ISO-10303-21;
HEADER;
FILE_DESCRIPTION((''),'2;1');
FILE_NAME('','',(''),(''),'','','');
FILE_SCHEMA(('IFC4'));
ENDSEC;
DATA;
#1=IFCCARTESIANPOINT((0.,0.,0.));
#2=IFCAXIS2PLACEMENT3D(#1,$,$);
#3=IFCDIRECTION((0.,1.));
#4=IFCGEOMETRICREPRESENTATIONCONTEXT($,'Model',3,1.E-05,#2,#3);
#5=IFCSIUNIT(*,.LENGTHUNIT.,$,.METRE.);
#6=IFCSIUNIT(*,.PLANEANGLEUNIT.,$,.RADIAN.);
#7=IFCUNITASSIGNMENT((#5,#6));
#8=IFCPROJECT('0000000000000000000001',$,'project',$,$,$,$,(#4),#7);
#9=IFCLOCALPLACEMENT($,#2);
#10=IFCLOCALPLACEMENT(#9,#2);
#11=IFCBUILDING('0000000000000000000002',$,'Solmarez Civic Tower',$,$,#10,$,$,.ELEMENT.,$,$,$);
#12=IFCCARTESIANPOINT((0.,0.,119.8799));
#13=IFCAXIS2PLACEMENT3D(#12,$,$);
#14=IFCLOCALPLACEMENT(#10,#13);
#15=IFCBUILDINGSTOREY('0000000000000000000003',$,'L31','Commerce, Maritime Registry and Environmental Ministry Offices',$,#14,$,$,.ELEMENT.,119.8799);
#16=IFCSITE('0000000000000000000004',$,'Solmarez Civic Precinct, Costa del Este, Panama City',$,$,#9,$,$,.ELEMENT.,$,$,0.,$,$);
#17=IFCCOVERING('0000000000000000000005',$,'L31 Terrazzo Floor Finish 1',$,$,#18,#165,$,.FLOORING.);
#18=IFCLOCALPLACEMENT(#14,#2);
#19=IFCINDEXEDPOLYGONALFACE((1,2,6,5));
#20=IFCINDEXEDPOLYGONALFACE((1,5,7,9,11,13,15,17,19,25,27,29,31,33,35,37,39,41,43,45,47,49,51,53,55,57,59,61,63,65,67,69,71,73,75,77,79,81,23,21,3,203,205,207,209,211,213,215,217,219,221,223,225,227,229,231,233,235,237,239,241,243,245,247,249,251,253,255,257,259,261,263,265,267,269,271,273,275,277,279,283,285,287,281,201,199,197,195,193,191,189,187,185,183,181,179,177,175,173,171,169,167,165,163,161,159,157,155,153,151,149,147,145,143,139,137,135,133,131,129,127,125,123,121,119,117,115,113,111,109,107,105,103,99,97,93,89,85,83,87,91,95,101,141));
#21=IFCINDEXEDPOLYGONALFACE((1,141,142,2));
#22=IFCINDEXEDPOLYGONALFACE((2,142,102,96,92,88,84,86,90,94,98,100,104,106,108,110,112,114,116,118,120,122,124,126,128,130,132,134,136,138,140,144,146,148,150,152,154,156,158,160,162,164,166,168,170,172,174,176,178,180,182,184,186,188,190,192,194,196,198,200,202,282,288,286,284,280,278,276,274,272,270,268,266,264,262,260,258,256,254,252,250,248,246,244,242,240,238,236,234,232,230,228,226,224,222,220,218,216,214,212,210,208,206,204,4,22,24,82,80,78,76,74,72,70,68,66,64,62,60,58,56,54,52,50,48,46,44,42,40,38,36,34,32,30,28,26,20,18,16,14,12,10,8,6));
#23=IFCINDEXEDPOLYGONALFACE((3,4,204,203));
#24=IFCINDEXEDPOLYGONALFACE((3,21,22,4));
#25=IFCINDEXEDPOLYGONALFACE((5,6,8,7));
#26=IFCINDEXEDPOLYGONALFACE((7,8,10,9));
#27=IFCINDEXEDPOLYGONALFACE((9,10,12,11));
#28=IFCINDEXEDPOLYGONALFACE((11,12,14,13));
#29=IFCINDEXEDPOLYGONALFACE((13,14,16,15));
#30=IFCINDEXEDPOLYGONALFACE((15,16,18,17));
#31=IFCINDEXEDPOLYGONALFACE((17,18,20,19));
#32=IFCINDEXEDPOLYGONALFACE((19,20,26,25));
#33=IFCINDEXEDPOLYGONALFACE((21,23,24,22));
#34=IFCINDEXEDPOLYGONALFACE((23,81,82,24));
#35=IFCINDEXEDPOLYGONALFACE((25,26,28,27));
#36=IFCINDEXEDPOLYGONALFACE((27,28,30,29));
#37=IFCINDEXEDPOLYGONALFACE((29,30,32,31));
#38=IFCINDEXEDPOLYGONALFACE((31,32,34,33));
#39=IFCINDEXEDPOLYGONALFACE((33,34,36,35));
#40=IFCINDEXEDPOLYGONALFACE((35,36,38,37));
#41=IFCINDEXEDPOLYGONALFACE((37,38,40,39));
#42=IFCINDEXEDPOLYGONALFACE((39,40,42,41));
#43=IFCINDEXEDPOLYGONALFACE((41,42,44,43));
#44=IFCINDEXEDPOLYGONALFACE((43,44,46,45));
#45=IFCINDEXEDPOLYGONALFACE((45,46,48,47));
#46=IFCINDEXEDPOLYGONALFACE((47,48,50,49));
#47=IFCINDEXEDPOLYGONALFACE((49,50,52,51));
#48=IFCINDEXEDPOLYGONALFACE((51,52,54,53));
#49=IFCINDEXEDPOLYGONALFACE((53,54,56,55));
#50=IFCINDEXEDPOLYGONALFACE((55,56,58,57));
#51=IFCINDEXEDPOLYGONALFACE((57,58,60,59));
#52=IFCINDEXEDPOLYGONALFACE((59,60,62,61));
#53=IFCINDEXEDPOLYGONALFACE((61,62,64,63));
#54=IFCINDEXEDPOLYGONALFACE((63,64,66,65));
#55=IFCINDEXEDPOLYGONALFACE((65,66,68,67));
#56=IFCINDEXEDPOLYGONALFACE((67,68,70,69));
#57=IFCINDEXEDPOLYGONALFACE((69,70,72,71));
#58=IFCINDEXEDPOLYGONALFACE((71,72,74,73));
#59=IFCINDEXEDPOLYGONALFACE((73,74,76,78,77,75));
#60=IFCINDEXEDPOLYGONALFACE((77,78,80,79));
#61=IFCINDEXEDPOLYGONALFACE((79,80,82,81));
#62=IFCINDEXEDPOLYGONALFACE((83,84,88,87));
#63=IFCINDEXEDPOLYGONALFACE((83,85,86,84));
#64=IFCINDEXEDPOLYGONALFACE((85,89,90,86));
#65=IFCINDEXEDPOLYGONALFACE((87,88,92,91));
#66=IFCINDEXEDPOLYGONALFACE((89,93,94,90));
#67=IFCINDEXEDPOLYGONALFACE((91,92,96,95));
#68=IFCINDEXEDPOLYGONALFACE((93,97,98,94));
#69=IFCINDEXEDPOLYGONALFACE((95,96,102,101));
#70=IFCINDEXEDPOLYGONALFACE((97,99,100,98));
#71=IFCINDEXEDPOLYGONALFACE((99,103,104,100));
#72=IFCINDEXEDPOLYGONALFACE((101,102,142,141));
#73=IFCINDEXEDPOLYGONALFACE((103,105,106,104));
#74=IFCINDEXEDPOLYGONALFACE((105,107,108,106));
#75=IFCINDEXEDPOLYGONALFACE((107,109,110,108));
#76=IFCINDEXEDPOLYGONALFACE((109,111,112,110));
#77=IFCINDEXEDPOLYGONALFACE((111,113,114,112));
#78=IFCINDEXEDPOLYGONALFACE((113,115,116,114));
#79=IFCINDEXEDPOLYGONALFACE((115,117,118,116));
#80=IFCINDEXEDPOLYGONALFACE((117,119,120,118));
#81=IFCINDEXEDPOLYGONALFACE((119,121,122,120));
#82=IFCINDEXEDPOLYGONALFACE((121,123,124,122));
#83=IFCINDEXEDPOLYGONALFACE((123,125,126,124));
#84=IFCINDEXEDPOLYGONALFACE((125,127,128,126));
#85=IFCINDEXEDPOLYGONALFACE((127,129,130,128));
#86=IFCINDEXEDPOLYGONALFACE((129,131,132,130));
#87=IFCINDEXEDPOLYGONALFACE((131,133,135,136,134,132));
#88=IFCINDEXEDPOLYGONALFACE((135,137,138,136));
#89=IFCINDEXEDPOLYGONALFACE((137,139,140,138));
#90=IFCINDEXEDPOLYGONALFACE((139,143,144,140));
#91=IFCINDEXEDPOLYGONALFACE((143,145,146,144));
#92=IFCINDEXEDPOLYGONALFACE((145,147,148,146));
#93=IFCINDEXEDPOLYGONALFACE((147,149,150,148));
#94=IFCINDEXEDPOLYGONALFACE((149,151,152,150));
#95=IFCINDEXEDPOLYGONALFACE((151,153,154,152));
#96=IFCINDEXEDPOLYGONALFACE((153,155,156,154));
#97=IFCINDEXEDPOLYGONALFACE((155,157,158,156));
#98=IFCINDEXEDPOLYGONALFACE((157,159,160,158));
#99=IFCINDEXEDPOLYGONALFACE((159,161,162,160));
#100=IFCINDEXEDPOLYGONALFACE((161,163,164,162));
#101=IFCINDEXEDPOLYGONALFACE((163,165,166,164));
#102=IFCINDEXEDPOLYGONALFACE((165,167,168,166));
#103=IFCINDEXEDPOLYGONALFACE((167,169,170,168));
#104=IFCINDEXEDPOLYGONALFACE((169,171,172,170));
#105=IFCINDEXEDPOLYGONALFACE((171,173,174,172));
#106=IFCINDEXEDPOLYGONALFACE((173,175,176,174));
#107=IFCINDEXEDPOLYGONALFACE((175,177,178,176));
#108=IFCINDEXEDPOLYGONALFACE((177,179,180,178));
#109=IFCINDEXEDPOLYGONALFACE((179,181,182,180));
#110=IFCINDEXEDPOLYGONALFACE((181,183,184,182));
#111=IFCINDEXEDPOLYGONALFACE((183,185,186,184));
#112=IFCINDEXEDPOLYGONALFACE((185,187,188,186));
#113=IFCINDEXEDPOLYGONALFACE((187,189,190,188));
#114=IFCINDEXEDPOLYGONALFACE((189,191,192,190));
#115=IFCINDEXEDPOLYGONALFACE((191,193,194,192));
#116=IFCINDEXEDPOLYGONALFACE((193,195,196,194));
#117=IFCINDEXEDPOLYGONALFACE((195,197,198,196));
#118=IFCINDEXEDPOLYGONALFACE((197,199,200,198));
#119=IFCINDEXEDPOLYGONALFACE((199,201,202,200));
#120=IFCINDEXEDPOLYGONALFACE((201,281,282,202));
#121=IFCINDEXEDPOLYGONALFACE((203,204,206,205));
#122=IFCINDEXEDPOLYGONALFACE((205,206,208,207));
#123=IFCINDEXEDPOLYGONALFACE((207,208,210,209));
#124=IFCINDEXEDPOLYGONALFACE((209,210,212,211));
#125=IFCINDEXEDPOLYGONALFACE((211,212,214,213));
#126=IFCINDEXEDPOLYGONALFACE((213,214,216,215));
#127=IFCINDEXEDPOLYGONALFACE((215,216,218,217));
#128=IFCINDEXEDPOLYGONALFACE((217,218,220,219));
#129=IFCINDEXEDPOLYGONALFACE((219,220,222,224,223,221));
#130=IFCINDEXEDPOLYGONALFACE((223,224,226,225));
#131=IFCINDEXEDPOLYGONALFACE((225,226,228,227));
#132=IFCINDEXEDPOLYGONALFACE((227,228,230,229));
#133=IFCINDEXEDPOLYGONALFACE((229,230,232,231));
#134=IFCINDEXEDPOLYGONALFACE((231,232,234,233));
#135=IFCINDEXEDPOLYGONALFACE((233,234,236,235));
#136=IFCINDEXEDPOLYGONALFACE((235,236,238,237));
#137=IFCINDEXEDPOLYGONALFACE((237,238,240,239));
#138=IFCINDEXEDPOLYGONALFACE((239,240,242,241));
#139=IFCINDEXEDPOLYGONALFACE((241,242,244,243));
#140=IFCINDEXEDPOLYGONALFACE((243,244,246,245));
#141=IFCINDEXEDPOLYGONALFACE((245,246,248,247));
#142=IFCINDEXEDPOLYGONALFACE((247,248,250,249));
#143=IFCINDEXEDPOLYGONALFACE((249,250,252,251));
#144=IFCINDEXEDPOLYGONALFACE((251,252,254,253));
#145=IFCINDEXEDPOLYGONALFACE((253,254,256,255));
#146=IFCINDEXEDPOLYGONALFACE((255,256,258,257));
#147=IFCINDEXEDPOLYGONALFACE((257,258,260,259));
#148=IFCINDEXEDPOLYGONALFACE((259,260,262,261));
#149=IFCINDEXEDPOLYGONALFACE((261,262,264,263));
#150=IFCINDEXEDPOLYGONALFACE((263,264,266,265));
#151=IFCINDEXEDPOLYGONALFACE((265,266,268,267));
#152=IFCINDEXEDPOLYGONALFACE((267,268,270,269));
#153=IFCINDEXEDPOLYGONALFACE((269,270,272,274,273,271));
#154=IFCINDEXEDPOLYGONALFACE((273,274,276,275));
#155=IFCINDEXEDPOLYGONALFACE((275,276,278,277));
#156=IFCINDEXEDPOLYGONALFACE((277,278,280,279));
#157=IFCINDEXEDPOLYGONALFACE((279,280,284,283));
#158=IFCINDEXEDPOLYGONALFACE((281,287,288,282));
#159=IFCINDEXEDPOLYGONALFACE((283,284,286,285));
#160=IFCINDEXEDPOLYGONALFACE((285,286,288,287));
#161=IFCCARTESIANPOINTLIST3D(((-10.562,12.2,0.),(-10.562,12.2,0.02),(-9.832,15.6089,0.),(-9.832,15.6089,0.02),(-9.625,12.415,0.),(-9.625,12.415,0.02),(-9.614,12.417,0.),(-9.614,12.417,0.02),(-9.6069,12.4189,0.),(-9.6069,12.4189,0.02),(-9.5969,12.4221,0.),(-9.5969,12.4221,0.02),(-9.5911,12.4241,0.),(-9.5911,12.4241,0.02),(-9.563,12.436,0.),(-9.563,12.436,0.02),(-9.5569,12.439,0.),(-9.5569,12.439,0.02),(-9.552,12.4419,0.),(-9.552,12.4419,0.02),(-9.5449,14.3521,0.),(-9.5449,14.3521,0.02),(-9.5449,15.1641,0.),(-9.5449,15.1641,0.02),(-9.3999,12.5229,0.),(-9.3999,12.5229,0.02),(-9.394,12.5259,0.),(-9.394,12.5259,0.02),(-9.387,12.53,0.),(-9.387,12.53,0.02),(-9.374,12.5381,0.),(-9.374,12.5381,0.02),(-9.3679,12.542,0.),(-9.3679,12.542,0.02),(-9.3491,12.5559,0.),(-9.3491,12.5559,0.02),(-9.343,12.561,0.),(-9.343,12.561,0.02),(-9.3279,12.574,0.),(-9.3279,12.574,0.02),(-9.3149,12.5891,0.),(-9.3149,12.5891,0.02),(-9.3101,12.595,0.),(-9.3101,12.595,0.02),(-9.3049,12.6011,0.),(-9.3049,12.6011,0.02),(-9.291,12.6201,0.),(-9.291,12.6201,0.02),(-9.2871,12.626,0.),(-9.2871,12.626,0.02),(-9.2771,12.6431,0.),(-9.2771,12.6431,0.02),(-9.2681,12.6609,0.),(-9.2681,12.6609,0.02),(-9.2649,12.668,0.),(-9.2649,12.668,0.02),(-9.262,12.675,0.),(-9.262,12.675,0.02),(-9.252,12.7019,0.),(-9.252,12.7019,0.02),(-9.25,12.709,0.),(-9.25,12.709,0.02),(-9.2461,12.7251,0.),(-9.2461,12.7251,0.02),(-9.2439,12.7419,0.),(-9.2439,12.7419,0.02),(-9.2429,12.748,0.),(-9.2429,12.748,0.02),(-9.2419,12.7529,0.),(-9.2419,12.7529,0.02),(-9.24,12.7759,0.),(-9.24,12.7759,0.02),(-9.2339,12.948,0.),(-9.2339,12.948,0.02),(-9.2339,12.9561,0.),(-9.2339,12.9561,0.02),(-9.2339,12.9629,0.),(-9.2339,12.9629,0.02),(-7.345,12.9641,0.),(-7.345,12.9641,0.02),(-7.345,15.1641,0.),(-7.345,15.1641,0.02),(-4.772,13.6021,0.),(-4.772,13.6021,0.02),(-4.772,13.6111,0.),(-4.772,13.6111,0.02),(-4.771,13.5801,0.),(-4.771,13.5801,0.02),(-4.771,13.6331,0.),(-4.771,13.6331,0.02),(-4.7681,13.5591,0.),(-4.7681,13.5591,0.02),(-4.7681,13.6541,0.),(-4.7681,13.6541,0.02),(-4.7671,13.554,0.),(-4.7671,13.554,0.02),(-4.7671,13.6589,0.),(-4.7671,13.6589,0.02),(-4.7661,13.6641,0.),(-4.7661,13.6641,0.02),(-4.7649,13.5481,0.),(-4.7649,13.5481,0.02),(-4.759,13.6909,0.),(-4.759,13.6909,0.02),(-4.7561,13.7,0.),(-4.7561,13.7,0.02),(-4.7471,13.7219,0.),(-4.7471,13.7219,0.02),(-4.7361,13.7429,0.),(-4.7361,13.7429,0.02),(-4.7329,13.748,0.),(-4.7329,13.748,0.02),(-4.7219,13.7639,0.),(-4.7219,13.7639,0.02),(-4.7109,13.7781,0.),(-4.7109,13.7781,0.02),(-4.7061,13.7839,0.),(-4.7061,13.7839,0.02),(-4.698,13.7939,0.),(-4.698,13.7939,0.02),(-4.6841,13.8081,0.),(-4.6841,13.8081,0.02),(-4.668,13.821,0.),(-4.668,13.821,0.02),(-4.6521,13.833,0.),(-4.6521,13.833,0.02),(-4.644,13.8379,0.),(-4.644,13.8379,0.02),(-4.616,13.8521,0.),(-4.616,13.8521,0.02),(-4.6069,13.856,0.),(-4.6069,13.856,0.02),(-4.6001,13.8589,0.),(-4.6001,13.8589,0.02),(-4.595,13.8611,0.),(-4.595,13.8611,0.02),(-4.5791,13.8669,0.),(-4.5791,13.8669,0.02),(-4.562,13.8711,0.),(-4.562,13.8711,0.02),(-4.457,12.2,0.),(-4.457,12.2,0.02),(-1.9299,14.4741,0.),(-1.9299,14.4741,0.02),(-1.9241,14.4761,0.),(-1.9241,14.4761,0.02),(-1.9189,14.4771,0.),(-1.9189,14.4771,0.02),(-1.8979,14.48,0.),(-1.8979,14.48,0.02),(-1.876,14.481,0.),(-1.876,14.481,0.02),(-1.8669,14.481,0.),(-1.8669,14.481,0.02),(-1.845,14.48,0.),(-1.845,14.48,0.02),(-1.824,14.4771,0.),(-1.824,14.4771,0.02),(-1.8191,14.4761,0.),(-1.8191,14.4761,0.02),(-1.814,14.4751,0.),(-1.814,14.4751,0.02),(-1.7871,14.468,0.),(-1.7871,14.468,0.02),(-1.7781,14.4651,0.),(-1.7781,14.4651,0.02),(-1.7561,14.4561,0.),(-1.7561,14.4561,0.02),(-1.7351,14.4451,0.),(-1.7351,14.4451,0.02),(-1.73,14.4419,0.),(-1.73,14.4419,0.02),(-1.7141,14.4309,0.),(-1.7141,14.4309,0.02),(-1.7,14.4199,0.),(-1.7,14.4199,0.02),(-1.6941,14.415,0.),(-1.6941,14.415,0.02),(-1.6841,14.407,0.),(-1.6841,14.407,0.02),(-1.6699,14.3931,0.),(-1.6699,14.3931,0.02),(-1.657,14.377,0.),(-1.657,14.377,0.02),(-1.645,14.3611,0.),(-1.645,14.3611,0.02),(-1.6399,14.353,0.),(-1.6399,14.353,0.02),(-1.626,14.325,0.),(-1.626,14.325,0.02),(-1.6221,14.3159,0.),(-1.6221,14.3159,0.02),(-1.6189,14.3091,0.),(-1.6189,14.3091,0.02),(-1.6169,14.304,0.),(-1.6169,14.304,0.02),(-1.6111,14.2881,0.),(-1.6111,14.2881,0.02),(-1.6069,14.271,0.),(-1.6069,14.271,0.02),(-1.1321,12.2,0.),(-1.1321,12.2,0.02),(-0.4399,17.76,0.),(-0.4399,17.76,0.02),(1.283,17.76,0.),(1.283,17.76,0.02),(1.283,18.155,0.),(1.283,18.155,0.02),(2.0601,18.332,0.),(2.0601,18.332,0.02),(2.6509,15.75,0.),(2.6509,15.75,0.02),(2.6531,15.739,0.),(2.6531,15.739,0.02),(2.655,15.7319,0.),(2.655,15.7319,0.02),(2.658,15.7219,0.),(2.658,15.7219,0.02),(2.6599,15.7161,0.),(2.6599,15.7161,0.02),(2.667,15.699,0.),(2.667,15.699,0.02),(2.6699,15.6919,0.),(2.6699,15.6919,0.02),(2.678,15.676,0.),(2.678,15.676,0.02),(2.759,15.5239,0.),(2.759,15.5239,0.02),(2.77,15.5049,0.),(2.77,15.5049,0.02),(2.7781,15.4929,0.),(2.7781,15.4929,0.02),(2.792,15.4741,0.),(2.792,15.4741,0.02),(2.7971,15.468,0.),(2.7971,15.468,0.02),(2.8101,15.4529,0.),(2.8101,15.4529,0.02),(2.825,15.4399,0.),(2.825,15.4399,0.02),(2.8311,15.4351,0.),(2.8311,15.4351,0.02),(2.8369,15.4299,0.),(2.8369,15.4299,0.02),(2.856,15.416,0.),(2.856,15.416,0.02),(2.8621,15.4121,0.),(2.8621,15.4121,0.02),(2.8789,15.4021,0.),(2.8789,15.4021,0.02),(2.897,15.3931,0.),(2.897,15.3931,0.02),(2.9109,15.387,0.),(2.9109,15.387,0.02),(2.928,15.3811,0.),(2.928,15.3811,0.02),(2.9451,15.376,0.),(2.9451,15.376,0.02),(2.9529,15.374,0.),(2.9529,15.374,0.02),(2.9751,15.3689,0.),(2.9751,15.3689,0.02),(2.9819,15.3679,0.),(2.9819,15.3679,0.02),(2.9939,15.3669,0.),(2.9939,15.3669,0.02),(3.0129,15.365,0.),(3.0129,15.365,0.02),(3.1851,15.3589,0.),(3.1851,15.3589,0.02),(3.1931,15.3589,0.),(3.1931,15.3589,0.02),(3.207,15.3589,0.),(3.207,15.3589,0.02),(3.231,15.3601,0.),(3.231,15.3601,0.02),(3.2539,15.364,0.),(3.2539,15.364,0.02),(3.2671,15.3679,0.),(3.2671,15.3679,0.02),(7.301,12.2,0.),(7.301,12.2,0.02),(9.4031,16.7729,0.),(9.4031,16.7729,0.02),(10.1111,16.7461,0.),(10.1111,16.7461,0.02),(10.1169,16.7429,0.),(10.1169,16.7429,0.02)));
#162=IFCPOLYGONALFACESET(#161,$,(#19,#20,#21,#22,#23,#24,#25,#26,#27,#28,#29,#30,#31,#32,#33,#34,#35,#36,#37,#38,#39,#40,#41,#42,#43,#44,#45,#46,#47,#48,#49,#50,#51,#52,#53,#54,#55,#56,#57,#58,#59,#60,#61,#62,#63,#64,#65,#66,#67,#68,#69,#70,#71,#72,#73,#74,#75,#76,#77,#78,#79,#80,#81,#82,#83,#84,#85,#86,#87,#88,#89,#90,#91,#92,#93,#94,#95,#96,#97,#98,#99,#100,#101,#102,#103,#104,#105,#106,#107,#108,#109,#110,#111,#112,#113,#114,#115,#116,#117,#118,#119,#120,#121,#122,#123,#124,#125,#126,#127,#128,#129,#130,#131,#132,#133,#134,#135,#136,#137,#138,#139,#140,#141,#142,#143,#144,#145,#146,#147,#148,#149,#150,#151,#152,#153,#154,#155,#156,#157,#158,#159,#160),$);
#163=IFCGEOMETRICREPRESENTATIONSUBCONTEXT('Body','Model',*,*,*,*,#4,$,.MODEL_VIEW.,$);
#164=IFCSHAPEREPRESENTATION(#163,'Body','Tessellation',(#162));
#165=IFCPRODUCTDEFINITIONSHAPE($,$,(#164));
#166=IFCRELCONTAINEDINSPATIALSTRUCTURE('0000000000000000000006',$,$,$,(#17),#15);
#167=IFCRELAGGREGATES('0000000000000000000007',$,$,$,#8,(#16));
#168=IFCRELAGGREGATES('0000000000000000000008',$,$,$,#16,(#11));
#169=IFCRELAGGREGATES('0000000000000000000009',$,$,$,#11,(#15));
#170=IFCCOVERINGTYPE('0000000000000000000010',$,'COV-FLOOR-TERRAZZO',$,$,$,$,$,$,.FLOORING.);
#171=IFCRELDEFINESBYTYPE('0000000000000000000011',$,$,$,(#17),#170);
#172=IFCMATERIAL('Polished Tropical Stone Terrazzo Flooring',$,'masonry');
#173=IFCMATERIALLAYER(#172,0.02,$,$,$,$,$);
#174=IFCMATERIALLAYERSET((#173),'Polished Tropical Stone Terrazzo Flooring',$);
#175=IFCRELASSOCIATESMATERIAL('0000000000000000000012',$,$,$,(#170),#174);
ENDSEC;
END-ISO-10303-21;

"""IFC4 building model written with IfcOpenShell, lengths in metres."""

from ifc_helpers import new_model, si_unit, direction, frame, origin, place, context, subcontext, project, spatial, polyline, outline, extrude, material, layer, layer_set, type_object, element, save


model = new_model("IFC4")

# Units and contexts
model_context = context("Model", 3, precision=1e-05, world=origin(), true_north=direction((0.0, 1.0)))
body_context = subcontext(model_context, "Body", "Model", "MODEL_VIEW")
ifc_project = project(units=[si_unit("LENGTHUNIT", "METRE"), si_unit("PLANEANGLEUNIT", "RADIAN")], contexts=[model_context])

# Site, building, storey
site_placement = place(None, origin())
site = spatial("IfcSite", under=ifc_project, at=site_placement, Name="Solmarez Civic Precinct, Costa del Este, Panama City", CompositionType="ELEMENT", RefElevation=0.0)
building_placement = place(site_placement, origin())
building = spatial("IfcBuilding", under=site, at=building_placement, Name="Solmarez Civic Tower", CompositionType="ELEMENT")
storey_placement = place(building_placement, frame((0.0, 0.0, 119.8799)))
storey = spatial("IfcBuildingStorey", under=building, at=storey_placement, Name="L31", Description="Commerce, Maritime Registry and Environmental Ministry Offices", CompositionType="ELEMENT", Elevation=119.8799)

# Covering
ifc_material_1 = material(Name="Polished Tropical Stone Terrazzo Flooring", Category="masonry")
ifc_layer_1 = layer(ifc_material_1, 0.02)
ifc_layer_set_1 = layer_set([ifc_layer_1], Name="Polished Tropical Stone Terrazzo Flooring")
covering_type_1 = type_object("IfcCoveringType", Name="COV-FLOOR-TERRAZZO", PredefinedType="FLOORING", material=ifc_layer_set_1)
covering_1_placement = place(storey_placement, origin())
element("IfcCovering", 1, at=covering_1_placement, inside=storey, type_object=covering_type_1, Name="L31 Terrazzo Floor Finish 1", PredefinedType="FLOORING", context=body_context, shape_type="SweptSolid", body=[
    extrude(outline(polyline([(-9.832, 15.6089), (-9.5449, 14.3521), (-9.5449, 15.1641), (-7.345, 15.1641), (-7.345, 12.9641), (-9.2339, 12.9629), (-9.2339, 12.9561), (-9.2339, 12.948), (-9.24, 12.7759), (-9.2419, 12.7529), (-9.2429, 12.748), (-9.2439, 12.7419), (-9.2461, 12.7251), (-9.25, 12.709), (-9.252, 12.7019), (-9.262, 12.675), (-9.2649, 12.668), (-9.2681, 12.6609), (-9.2771, 12.6431), (-9.2871, 12.626), (-9.291, 12.6201), (-9.3049, 12.6011), (-9.3101, 12.595), (-9.3149, 12.5891), (-9.3279, 12.574), (-9.343, 12.561), (-9.3491, 12.5559), (-9.3679, 12.542), (-9.374, 12.5381), (-9.387, 12.53), (-9.394, 12.5259), (-9.3999, 12.5229), (-9.552, 12.4419), (-9.5569, 12.439), (-9.563, 12.436), (-9.5911, 12.4241), (-9.5969, 12.4221), (-9.6069, 12.4189), (-9.614, 12.417), (-9.625, 12.415), (-10.562, 12.2), (-4.457, 12.2), (-4.7649, 13.5481), (-4.7671, 13.554), (-4.7681, 13.5591), (-4.771, 13.5801), (-4.772, 13.6021), (-4.772, 13.6111), (-4.771, 13.6331), (-4.7681, 13.6541), (-4.7671, 13.6589), (-4.7661, 13.6641), (-4.759, 13.6909), (-4.7561, 13.7), (-4.7471, 13.7219), (-4.7361, 13.7429), (-4.7329, 13.748), (-4.7219, 13.7639), (-4.7109, 13.7781), (-4.7061, 13.7839), (-4.698, 13.7939), (-4.6841, 13.8081), (-4.668, 13.821), (-4.6521, 13.833), (-4.644, 13.8379), (-4.616, 13.8521), (-4.6069, 13.856), (-4.6001, 13.8589), (-4.595, 13.8611), (-4.5791, 13.8669), (-4.562, 13.8711), (-1.9299, 14.4741), (-1.9241, 14.4761), (-1.9189, 14.4771), (-1.8979, 14.48), (-1.876, 14.481), (-1.8669, 14.481), (-1.845, 14.48), (-1.824, 14.4771), (-1.8191, 14.4761), (-1.814, 14.4751), (-1.7871, 14.468), (-1.7781, 14.4651), (-1.7561, 14.4561), (-1.7351, 14.4451), (-1.73, 14.4419), (-1.7141, 14.4309), (-1.7, 14.4199), (-1.6941, 14.415), (-1.6841, 14.407), (-1.6699, 14.3931), (-1.657, 14.377), (-1.645, 14.3611), (-1.6399, 14.353), (-1.626, 14.325), (-1.6221, 14.3159), (-1.6189, 14.3091), (-1.6169, 14.304), (-1.6111, 14.2881), (-1.6069, 14.271), (-1.1321, 12.2), (7.301, 12.2), (10.1169, 16.7429), (10.1111, 16.7461), (9.4031, 16.7729), (3.2671, 15.3679), (3.2539, 15.364), (3.231, 15.3601), (3.207, 15.3589), (3.1931, 15.3589), (3.1851, 15.3589), (3.0129, 15.365), (2.9939, 15.3669), (2.9819, 15.3679), (2.9751, 15.3689), (2.9529, 15.374), (2.9451, 15.376), (2.928, 15.3811), (2.9109, 15.387), (2.897, 15.3931), (2.8789, 15.4021), (2.8621, 15.4121), (2.856, 15.416), (2.8369, 15.4299), (2.8311, 15.4351), (2.825, 15.4399), (2.8101, 15.4529), (2.7971, 15.468), (2.792, 15.4741), (2.7781, 15.4929), (2.77, 15.5049), (2.759, 15.5239), (2.678, 15.676), (2.6699, 15.6919), (2.667, 15.699), (2.6599, 15.7161), (2.658, 15.7219), (2.655, 15.7319), (2.6531, 15.739), (2.6509, 15.75), (2.0601, 18.332), (1.283, 18.155), (1.283, 17.76), (-0.4399, 17.76), (-9.832, 15.6089)])), origin(), (0.0, 0.0, 1.0), 0.02),
])

save(model, "model.ifc")
